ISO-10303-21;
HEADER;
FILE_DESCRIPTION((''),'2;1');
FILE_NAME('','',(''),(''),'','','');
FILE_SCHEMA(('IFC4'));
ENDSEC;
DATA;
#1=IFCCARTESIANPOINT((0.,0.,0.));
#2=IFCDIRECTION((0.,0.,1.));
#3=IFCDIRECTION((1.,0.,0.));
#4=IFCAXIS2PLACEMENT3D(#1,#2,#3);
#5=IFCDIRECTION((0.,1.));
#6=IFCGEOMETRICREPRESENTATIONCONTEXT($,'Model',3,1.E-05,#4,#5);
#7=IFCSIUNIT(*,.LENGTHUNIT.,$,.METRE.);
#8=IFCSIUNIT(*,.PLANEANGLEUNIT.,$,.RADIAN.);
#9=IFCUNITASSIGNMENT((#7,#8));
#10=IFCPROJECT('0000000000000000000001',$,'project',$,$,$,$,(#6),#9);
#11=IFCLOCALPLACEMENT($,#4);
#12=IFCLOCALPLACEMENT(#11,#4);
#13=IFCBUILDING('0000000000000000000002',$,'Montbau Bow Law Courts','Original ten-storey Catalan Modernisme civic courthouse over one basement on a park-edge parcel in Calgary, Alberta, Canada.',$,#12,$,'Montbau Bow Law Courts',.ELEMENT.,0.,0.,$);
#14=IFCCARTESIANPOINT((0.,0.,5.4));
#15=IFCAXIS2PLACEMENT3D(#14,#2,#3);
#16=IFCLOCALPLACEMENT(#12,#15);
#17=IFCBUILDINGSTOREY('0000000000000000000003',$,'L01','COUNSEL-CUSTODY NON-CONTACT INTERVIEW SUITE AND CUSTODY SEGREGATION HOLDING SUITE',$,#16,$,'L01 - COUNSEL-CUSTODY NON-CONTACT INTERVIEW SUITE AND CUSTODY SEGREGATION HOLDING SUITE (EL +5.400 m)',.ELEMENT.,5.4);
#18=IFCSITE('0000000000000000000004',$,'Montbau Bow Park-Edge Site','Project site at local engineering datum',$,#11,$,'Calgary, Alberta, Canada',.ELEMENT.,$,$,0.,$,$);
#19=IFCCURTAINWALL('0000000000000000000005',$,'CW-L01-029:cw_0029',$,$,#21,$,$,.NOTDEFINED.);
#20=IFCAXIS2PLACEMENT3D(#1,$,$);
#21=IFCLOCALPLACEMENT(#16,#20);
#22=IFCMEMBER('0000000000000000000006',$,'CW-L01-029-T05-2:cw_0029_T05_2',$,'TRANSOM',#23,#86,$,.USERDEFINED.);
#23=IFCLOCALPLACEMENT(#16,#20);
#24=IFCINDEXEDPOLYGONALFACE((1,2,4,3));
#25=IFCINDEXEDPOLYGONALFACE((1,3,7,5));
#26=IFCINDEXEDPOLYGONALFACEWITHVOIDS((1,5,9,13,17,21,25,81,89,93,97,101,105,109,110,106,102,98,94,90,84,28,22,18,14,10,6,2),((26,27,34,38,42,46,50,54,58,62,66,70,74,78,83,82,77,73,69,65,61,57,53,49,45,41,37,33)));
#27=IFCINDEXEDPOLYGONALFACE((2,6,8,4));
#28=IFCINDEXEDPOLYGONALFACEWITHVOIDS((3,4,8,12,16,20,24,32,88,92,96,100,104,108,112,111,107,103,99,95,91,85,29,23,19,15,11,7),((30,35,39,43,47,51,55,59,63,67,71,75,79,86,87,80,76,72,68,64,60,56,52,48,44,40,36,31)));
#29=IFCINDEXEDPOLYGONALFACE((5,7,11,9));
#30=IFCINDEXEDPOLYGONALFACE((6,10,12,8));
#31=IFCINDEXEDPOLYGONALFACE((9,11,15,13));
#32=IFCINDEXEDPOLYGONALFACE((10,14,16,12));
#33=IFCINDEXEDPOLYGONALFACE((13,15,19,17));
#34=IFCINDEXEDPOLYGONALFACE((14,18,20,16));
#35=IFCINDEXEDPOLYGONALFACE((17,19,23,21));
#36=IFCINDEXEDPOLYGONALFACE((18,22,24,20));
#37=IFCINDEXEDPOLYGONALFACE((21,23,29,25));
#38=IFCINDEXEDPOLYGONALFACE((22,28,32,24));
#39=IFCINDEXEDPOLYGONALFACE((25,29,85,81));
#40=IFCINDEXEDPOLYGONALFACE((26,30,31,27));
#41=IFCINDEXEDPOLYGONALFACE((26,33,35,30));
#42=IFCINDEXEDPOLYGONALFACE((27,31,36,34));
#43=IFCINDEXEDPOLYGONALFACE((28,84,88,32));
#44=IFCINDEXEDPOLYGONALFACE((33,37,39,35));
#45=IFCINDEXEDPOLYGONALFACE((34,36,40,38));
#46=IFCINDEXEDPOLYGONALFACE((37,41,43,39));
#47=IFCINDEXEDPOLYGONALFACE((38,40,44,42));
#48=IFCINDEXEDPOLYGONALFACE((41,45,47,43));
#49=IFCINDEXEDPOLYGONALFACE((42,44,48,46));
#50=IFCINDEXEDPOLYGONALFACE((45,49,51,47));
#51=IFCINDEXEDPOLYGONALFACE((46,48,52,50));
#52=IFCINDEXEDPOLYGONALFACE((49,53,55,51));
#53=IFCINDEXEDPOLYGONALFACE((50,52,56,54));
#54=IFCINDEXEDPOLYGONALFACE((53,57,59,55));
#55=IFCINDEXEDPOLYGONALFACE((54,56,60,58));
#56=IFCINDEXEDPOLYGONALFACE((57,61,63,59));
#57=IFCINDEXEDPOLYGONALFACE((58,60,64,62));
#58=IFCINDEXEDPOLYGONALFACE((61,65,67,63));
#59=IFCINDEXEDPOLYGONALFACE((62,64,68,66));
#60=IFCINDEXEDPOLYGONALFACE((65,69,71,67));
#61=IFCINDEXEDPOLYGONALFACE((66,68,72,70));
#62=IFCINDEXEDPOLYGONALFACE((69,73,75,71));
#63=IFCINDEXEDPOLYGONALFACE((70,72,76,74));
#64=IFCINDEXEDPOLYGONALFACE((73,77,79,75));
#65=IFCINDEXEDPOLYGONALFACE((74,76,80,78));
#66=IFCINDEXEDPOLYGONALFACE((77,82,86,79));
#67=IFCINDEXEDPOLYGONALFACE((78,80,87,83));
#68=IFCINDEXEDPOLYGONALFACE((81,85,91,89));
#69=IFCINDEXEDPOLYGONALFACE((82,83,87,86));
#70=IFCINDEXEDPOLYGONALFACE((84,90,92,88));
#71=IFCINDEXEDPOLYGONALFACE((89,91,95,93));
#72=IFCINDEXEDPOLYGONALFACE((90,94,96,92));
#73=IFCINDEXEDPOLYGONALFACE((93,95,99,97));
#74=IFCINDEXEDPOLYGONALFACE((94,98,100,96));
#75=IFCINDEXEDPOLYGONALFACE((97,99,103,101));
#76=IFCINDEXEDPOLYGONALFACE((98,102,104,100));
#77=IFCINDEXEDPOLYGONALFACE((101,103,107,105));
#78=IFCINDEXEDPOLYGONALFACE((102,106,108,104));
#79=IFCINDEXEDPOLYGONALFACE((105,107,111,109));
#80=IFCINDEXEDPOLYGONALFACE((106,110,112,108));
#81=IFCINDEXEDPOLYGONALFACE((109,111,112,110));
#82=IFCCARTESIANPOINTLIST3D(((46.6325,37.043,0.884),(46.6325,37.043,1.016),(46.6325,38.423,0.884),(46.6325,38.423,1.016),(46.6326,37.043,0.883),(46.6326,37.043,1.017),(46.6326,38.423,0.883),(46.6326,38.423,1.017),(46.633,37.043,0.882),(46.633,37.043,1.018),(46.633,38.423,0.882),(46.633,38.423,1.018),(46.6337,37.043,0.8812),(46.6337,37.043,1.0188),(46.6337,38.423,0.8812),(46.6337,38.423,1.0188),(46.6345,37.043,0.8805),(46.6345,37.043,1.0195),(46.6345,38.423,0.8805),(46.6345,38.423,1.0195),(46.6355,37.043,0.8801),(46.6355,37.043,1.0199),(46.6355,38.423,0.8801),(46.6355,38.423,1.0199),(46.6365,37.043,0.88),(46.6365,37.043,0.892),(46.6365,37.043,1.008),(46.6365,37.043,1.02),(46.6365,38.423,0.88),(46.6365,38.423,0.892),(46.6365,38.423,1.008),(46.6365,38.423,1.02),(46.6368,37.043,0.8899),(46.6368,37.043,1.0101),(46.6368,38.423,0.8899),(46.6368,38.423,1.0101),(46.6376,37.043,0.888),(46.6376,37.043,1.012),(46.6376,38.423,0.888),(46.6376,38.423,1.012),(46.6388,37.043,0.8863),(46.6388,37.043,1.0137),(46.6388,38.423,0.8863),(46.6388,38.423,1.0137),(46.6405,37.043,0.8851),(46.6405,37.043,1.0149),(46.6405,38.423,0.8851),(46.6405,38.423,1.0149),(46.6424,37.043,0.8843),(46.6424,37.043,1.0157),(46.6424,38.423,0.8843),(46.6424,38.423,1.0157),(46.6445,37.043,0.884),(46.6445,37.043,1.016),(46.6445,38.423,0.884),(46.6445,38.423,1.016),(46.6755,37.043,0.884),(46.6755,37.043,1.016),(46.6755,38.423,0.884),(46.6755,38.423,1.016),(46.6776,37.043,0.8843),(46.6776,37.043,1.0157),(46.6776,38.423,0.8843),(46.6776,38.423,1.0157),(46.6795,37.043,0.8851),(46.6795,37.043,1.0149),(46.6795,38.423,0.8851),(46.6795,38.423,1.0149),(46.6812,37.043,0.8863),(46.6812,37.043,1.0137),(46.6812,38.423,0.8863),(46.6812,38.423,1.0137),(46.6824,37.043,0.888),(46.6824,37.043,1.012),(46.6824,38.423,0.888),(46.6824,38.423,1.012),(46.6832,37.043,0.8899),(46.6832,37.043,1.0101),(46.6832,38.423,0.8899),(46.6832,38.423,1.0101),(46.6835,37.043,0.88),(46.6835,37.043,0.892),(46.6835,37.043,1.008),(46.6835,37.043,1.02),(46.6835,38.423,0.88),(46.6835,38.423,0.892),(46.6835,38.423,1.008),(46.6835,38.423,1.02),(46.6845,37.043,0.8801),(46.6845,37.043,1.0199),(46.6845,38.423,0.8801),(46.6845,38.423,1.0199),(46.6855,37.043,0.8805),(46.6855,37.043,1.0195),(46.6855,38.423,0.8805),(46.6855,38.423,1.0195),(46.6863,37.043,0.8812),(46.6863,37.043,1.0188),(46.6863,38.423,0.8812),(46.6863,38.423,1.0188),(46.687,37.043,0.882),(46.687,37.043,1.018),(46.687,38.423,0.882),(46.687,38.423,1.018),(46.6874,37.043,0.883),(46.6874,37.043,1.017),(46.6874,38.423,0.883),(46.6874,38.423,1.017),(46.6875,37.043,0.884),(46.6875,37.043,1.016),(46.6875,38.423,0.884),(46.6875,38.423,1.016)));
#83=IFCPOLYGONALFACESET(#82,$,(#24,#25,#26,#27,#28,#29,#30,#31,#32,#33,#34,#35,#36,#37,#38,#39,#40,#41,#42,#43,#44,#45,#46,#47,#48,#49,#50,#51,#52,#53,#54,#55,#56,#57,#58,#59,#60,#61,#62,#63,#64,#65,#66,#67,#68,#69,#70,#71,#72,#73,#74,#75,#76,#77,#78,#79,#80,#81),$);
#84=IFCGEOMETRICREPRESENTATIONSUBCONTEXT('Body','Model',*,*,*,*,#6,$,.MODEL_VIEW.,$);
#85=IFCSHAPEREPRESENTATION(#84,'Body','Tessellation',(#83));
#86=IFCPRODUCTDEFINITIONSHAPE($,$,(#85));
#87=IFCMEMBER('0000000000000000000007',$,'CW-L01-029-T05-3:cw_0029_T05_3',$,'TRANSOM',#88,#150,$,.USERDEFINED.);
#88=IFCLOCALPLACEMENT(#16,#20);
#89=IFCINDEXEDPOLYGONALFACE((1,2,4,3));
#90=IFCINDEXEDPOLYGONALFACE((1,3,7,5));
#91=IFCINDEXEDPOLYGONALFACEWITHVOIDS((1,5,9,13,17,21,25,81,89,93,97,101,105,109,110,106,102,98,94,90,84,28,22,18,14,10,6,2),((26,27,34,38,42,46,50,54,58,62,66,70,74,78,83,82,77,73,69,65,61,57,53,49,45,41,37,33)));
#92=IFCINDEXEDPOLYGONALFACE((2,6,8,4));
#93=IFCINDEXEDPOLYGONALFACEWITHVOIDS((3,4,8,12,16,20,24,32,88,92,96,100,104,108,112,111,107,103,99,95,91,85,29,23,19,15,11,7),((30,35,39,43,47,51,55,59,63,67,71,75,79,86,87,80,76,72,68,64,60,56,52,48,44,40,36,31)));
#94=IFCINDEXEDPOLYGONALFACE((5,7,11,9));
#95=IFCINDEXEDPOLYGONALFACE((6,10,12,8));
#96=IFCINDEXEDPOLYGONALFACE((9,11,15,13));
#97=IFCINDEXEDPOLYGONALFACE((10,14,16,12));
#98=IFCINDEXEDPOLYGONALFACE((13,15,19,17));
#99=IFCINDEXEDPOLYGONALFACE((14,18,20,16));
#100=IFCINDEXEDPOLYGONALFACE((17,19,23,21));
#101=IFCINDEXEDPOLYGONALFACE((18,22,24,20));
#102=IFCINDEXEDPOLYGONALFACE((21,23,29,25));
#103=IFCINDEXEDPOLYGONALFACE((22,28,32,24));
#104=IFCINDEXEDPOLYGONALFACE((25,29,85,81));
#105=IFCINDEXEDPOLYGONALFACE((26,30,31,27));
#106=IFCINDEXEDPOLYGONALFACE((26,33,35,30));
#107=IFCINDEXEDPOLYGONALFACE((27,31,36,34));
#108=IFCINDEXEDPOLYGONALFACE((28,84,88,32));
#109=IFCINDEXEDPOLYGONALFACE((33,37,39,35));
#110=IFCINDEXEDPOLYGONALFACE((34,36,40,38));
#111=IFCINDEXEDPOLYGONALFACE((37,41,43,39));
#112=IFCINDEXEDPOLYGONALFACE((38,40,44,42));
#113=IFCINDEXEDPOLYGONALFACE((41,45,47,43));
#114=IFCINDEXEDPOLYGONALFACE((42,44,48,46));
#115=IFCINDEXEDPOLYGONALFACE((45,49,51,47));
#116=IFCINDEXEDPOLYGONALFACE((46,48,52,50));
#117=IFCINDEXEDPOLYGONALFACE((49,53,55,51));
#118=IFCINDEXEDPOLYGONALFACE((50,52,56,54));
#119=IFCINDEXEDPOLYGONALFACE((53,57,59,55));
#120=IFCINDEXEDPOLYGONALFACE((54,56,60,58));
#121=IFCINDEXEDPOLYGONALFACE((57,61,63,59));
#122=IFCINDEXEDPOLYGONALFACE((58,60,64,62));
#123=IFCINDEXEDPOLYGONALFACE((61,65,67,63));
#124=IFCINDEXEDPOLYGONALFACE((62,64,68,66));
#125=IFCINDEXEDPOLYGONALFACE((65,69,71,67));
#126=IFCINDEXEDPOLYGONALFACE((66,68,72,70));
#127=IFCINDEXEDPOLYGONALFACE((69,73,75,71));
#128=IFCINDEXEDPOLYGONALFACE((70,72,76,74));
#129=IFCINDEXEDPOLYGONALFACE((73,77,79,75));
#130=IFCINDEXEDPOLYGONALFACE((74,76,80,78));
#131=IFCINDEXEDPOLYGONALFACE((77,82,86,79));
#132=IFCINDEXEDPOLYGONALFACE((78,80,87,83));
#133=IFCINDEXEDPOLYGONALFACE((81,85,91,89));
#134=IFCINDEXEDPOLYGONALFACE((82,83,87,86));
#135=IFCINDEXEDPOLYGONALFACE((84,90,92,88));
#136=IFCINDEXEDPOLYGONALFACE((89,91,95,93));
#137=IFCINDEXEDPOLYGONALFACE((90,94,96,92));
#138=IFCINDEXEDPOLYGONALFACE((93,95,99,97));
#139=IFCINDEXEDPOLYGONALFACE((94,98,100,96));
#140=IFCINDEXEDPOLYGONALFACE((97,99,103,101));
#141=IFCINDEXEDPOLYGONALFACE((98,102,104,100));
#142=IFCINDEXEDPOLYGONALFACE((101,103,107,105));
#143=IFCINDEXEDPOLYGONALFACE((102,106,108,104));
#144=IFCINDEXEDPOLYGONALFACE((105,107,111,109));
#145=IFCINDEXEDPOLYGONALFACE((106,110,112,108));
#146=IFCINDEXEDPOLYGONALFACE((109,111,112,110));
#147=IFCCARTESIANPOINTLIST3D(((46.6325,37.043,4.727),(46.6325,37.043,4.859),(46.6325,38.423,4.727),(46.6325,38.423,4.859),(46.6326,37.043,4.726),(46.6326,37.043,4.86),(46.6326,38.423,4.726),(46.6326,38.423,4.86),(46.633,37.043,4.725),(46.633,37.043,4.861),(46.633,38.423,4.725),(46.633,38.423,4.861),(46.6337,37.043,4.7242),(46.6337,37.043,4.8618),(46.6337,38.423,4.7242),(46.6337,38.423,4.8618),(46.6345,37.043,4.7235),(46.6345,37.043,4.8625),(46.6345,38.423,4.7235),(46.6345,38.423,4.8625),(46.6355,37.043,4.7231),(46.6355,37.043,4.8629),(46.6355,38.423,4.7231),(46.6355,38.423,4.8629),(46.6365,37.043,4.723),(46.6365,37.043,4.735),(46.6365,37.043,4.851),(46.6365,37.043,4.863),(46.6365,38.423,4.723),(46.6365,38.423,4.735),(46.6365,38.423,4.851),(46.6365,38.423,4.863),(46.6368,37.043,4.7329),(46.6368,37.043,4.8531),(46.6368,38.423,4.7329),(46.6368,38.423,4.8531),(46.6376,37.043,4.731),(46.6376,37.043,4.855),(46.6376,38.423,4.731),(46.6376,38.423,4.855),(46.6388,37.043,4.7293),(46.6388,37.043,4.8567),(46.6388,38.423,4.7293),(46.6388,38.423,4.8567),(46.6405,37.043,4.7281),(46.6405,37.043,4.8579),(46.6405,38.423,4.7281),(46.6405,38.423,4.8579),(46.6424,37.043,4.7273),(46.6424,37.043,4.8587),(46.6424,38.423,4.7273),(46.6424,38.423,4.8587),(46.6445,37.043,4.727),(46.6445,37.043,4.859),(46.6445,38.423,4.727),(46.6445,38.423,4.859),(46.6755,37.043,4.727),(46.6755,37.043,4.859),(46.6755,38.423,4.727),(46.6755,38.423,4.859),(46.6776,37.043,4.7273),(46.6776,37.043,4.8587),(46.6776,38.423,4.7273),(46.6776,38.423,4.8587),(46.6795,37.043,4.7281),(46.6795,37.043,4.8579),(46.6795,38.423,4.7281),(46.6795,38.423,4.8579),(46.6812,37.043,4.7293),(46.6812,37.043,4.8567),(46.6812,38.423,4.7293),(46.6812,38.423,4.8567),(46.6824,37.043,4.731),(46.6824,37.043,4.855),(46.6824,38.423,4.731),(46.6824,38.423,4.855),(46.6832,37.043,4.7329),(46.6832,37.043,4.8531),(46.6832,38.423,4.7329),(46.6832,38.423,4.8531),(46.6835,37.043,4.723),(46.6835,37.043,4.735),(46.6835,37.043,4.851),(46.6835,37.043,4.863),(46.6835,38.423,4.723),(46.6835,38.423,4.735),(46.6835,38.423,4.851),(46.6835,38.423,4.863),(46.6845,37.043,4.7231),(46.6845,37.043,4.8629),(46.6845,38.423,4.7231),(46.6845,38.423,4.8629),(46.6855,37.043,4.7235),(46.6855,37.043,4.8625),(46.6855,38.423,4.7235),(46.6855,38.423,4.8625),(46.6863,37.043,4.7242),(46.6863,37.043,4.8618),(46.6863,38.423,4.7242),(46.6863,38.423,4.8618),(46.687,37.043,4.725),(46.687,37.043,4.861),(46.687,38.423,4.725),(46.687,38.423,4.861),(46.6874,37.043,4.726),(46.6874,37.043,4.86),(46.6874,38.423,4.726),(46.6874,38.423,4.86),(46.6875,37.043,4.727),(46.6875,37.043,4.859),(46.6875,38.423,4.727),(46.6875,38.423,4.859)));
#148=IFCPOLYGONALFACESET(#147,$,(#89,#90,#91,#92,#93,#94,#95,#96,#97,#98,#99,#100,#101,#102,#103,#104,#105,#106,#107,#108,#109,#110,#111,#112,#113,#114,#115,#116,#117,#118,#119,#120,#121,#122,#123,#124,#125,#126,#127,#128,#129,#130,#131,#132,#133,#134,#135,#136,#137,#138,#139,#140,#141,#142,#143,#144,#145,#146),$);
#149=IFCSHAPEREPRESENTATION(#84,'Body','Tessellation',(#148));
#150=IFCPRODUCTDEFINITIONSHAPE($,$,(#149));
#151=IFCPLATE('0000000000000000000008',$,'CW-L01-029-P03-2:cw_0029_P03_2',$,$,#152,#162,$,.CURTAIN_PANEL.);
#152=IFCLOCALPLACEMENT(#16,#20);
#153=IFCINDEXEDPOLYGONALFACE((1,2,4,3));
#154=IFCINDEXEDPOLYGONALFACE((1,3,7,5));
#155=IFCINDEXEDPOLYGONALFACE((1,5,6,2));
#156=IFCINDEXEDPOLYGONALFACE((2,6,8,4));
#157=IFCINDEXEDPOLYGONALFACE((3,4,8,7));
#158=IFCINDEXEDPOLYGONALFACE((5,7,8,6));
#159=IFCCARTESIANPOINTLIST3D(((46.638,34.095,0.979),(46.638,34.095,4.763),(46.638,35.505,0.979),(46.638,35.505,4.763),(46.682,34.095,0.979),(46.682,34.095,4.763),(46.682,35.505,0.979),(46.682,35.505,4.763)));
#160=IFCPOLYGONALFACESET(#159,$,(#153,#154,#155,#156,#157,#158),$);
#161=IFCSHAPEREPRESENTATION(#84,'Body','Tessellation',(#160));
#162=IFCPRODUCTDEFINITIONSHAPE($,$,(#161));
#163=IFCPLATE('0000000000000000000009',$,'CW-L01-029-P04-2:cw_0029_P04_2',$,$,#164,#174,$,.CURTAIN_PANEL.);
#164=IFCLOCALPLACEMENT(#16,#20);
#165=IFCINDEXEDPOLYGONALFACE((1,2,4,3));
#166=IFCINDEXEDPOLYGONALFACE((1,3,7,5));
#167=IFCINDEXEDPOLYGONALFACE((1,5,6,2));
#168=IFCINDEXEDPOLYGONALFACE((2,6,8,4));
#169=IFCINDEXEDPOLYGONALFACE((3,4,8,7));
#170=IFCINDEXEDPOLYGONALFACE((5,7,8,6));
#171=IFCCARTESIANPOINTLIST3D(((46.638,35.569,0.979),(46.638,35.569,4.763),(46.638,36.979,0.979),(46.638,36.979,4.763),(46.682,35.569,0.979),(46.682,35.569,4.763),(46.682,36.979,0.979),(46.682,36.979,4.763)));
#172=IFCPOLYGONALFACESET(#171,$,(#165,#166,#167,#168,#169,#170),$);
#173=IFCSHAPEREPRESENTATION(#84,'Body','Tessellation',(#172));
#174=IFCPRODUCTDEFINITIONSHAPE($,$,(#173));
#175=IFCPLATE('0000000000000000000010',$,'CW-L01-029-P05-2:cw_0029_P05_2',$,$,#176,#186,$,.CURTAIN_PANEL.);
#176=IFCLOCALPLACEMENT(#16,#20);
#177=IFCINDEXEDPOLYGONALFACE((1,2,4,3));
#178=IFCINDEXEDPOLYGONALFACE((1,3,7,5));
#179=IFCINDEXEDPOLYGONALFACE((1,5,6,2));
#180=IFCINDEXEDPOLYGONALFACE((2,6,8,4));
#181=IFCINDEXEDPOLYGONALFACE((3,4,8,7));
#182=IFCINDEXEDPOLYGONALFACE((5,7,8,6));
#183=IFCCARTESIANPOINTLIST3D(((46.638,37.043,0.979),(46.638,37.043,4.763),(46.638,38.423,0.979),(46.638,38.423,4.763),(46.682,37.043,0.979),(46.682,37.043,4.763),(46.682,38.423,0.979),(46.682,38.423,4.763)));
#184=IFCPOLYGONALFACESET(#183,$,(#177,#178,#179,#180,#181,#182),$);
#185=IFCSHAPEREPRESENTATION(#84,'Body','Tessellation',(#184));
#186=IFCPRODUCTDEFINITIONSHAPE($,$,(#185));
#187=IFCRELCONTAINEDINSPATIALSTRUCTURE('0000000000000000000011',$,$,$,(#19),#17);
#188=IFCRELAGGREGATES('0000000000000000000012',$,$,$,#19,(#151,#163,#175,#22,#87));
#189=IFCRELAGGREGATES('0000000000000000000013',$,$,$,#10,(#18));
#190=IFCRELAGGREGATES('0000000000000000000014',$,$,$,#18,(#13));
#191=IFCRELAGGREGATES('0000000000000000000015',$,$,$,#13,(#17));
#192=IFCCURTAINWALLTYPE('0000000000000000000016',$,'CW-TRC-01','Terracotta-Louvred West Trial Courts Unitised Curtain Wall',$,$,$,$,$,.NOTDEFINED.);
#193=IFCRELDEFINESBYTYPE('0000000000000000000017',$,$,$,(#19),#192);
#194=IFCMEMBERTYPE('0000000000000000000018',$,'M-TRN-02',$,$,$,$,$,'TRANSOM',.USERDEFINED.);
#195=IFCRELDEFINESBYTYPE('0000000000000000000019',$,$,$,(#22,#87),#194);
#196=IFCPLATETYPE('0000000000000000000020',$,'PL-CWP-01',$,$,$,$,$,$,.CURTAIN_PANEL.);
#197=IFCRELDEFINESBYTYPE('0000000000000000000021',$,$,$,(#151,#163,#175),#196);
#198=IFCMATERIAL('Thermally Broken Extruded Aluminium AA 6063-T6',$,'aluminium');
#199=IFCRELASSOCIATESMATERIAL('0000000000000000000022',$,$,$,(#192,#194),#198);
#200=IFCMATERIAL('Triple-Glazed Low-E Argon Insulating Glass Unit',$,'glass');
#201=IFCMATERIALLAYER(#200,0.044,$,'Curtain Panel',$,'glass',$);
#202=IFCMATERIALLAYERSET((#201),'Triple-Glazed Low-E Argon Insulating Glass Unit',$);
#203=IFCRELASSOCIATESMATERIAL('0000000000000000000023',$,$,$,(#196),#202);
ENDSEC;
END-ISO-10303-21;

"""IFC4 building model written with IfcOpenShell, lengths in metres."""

from ifc_helpers import new_model, si_unit, direction, frame, frame_2d, origin_with_axes, origin_2d_with_axis, place, context, subcontext, project, spatial, rectangle, hollow_rectangle, extrude, material, layer, layer_set, material_profile, profile_set, type_object, element, aggregate, save


model = new_model("IFC4")

# Units and contexts
model_context = context("Model", 3, precision=1e-05, world=origin_with_axes(), true_north=direction((0.0, 1.0)))
body_context = subcontext(model_context, "Body", "Model", "MODEL_VIEW")
ifc_project = project(units=[si_unit("LENGTHUNIT", "METRE"), si_unit("PLANEANGLEUNIT", "RADIAN")], contexts=[model_context])

# Site, building, storey
site_placement = place(None, origin_with_axes())
site = spatial("IfcSite", under=ifc_project, at=site_placement, Name="Montbau Bow Park-Edge Site", Description="Project site at local engineering datum", LongName="Calgary, Alberta, Canada", CompositionType="ELEMENT", RefElevation=0.0)
building_placement = place(site_placement, origin_with_axes())
building = spatial("IfcBuilding", under=site, at=building_placement, Name="Montbau Bow Law Courts", Description="Original ten-storey Catalan Modernisme civic courthouse over one basement on a park-edge parcel in Calgary, Alberta, Canada.", LongName="Montbau Bow Law Courts", CompositionType="ELEMENT", ElevationOfRefHeight=0.0, ElevationOfTerrain=0.0)
storey_placement = place(building_placement, frame((0.0, 0.0, 5.4), z_axis=(0.0, 0.0, 1.0), x_axis=(1.0, 0.0, 0.0)))
storey = spatial("IfcBuildingStorey", under=building, at=storey_placement, Name="L01", Description="COUNSEL-CUSTODY NON-CONTACT INTERVIEW SUITE AND CUSTODY SEGREGATION HOLDING SUITE", LongName="L01 - COUNSEL-CUSTODY NON-CONTACT INTERVIEW SUITE AND CUSTODY SEGREGATION HOLDING SUITE (EL +5.400 m)", CompositionType="ELEMENT", Elevation=5.4)

# Curtain wall, members, plates
ifc_material_1 = material(Name="Thermally Broken Extruded Aluminium AA 6063-T6", Category="aluminium")
curtain_wall_type = type_object("IfcCurtainWallType", Name="CW-TRC-01", Description="Terracotta-Louvred West Trial Courts Unitised Curtain Wall", PredefinedType="NOTDEFINED", material=ifc_material_1)
curtain_wall_placement = place(None, frame((46.66, 31.115, 5.4), z_axis=(0.0, 0.0, 1.0), x_axis=(1.0, 0.0, 0.0)))
curtain_wall = element("IfcCurtainWall", 1, at=curtain_wall_placement, inside=storey, type_object=curtain_wall_type, Name="CW-L01-029:cw_0029", PredefinedType="NOTDEFINED")
ifc_material_profile = material_profile(ifc_material_1, hollow_rectangle(XDim=0.055, YDim=0.14, WallThickness=0.004, InnerFilletRadius=0.008, OuterFilletRadius=0.004, at=origin_2d_with_axis()), Name="CWT-140X55", Category="Main", Priority=0)
ifc_profile_set = profile_set([ifc_material_profile], Name="Thermally Broken Extruded Aluminium AA 6063-T6")
member_type = type_object("IfcMemberType", Name="M-TRN-02", ElementType="TRANSOM", PredefinedType="USERDEFINED", material=ifc_profile_set)
member_1_placement = place(None, frame((46.66, 37.043, 6.35), z_axis=(0.0, 1.0, 0.0), x_axis=(-1.0, 0.0, 0.0)))
member_1 = element("IfcMember", 2, at=member_1_placement, type_object=member_type, Name="CW-L01-029-T05-2:cw_0029_T05_2", ObjectType="TRANSOM", PredefinedType="USERDEFINED", context=body_context, shape_type="SweptSolid", body=[
    extrude(hollow_rectangle(XDim=0.055, YDim=0.14, WallThickness=0.004, InnerFilletRadius=0.008, OuterFilletRadius=0.004, at=origin_2d_with_axis()), origin_with_axes(), (0.0, 0.0, 1.0), 1.38),
])
member_2_placement = place(None, frame((46.66, 37.043, 10.193), z_axis=(0.0, 1.0, 0.0), x_axis=(-1.0, 0.0, 0.0)))
member_2 = element("IfcMember", 3, at=member_2_placement, type_object=member_type, Name="CW-L01-029-T05-3:cw_0029_T05_3", ObjectType="TRANSOM", PredefinedType="USERDEFINED", context=body_context, shape_type="SweptSolid", body=[
    extrude(hollow_rectangle(XDim=0.055, YDim=0.14, WallThickness=0.004, InnerFilletRadius=0.008, OuterFilletRadius=0.004, at=origin_2d_with_axis()), origin_with_axes(), (0.0, 0.0, 1.0), 1.38),
])
ifc_material_2 = material(Name="Triple-Glazed Low-E Argon Insulating Glass Unit", Category="glass")
ifc_layer_1 = layer(ifc_material_2, 0.044, Name="Curtain Panel", Category="glass")
ifc_layer_set_1 = layer_set([ifc_layer_1], Name="Triple-Glazed Low-E Argon Insulating Glass Unit")
plate_type_1 = type_object("IfcPlateType", Name="PL-CWP-01", PredefinedType="CURTAIN_PANEL", material=ifc_layer_set_1)
plate_1_placement = place(None, frame((46.66, 34.095, 6.379), z_axis=(1.0, 0.0, 0.0), x_axis=(0.0, 1.0, 0.0)))
plate_1 = element("IfcPlate", 4, at=plate_1_placement, type_object=plate_type_1, Name="CW-L01-029-P03-2:cw_0029_P03_2", PredefinedType="CURTAIN_PANEL", context=body_context, shape_type="SweptSolid", body=[
    extrude(rectangle(XDim=1.41, YDim=3.784, at=frame_2d((0.705, 1.892), x_axis=(1.0, 0.0))), frame((0.0, 0.0, -0.022), z_axis=(0.0, 0.0, 1.0), x_axis=(1.0, 0.0, 0.0)), (0.0, 0.0, 1.0), 0.044),
])
plate_2_placement = place(None, frame((46.66, 35.569, 6.379), z_axis=(1.0, 0.0, 0.0), x_axis=(0.0, 1.0, 0.0)))
plate_2 = element("IfcPlate", 5, at=plate_2_placement, type_object=plate_type_1, Name="CW-L01-029-P04-2:cw_0029_P04_2", PredefinedType="CURTAIN_PANEL", context=body_context, shape_type="SweptSolid", body=[
    extrude(rectangle(XDim=1.41, YDim=3.784, at=frame_2d((0.705, 1.892), x_axis=(1.0, 0.0))), frame((0.0, 0.0, -0.022), z_axis=(0.0, 0.0, 1.0), x_axis=(1.0, 0.0, 0.0)), (0.0, 0.0, 1.0), 0.044),
])
plate_3_placement = place(None, frame((46.66, 37.043, 6.379), z_axis=(1.0, 0.0, 0.0), x_axis=(0.0, 1.0, 0.0)))
plate_3 = element("IfcPlate", 6, at=plate_3_placement, type_object=plate_type_1, Name="CW-L01-029-P05-2:cw_0029_P05_2", PredefinedType="CURTAIN_PANEL", context=body_context, shape_type="SweptSolid", body=[
    extrude(rectangle(XDim=1.38, YDim=3.784, at=frame_2d((0.69, 1.892), x_axis=(1.0, 0.0))), frame((0.0, 0.0, -0.022), z_axis=(0.0, 0.0, 1.0), x_axis=(1.0, 0.0, 0.0)), (0.0, 0.0, 1.0), 0.044),
])
aggregate(curtain_wall, [plate_1, plate_2, plate_3, member_1, member_2])

save(model, "model.ifc")
